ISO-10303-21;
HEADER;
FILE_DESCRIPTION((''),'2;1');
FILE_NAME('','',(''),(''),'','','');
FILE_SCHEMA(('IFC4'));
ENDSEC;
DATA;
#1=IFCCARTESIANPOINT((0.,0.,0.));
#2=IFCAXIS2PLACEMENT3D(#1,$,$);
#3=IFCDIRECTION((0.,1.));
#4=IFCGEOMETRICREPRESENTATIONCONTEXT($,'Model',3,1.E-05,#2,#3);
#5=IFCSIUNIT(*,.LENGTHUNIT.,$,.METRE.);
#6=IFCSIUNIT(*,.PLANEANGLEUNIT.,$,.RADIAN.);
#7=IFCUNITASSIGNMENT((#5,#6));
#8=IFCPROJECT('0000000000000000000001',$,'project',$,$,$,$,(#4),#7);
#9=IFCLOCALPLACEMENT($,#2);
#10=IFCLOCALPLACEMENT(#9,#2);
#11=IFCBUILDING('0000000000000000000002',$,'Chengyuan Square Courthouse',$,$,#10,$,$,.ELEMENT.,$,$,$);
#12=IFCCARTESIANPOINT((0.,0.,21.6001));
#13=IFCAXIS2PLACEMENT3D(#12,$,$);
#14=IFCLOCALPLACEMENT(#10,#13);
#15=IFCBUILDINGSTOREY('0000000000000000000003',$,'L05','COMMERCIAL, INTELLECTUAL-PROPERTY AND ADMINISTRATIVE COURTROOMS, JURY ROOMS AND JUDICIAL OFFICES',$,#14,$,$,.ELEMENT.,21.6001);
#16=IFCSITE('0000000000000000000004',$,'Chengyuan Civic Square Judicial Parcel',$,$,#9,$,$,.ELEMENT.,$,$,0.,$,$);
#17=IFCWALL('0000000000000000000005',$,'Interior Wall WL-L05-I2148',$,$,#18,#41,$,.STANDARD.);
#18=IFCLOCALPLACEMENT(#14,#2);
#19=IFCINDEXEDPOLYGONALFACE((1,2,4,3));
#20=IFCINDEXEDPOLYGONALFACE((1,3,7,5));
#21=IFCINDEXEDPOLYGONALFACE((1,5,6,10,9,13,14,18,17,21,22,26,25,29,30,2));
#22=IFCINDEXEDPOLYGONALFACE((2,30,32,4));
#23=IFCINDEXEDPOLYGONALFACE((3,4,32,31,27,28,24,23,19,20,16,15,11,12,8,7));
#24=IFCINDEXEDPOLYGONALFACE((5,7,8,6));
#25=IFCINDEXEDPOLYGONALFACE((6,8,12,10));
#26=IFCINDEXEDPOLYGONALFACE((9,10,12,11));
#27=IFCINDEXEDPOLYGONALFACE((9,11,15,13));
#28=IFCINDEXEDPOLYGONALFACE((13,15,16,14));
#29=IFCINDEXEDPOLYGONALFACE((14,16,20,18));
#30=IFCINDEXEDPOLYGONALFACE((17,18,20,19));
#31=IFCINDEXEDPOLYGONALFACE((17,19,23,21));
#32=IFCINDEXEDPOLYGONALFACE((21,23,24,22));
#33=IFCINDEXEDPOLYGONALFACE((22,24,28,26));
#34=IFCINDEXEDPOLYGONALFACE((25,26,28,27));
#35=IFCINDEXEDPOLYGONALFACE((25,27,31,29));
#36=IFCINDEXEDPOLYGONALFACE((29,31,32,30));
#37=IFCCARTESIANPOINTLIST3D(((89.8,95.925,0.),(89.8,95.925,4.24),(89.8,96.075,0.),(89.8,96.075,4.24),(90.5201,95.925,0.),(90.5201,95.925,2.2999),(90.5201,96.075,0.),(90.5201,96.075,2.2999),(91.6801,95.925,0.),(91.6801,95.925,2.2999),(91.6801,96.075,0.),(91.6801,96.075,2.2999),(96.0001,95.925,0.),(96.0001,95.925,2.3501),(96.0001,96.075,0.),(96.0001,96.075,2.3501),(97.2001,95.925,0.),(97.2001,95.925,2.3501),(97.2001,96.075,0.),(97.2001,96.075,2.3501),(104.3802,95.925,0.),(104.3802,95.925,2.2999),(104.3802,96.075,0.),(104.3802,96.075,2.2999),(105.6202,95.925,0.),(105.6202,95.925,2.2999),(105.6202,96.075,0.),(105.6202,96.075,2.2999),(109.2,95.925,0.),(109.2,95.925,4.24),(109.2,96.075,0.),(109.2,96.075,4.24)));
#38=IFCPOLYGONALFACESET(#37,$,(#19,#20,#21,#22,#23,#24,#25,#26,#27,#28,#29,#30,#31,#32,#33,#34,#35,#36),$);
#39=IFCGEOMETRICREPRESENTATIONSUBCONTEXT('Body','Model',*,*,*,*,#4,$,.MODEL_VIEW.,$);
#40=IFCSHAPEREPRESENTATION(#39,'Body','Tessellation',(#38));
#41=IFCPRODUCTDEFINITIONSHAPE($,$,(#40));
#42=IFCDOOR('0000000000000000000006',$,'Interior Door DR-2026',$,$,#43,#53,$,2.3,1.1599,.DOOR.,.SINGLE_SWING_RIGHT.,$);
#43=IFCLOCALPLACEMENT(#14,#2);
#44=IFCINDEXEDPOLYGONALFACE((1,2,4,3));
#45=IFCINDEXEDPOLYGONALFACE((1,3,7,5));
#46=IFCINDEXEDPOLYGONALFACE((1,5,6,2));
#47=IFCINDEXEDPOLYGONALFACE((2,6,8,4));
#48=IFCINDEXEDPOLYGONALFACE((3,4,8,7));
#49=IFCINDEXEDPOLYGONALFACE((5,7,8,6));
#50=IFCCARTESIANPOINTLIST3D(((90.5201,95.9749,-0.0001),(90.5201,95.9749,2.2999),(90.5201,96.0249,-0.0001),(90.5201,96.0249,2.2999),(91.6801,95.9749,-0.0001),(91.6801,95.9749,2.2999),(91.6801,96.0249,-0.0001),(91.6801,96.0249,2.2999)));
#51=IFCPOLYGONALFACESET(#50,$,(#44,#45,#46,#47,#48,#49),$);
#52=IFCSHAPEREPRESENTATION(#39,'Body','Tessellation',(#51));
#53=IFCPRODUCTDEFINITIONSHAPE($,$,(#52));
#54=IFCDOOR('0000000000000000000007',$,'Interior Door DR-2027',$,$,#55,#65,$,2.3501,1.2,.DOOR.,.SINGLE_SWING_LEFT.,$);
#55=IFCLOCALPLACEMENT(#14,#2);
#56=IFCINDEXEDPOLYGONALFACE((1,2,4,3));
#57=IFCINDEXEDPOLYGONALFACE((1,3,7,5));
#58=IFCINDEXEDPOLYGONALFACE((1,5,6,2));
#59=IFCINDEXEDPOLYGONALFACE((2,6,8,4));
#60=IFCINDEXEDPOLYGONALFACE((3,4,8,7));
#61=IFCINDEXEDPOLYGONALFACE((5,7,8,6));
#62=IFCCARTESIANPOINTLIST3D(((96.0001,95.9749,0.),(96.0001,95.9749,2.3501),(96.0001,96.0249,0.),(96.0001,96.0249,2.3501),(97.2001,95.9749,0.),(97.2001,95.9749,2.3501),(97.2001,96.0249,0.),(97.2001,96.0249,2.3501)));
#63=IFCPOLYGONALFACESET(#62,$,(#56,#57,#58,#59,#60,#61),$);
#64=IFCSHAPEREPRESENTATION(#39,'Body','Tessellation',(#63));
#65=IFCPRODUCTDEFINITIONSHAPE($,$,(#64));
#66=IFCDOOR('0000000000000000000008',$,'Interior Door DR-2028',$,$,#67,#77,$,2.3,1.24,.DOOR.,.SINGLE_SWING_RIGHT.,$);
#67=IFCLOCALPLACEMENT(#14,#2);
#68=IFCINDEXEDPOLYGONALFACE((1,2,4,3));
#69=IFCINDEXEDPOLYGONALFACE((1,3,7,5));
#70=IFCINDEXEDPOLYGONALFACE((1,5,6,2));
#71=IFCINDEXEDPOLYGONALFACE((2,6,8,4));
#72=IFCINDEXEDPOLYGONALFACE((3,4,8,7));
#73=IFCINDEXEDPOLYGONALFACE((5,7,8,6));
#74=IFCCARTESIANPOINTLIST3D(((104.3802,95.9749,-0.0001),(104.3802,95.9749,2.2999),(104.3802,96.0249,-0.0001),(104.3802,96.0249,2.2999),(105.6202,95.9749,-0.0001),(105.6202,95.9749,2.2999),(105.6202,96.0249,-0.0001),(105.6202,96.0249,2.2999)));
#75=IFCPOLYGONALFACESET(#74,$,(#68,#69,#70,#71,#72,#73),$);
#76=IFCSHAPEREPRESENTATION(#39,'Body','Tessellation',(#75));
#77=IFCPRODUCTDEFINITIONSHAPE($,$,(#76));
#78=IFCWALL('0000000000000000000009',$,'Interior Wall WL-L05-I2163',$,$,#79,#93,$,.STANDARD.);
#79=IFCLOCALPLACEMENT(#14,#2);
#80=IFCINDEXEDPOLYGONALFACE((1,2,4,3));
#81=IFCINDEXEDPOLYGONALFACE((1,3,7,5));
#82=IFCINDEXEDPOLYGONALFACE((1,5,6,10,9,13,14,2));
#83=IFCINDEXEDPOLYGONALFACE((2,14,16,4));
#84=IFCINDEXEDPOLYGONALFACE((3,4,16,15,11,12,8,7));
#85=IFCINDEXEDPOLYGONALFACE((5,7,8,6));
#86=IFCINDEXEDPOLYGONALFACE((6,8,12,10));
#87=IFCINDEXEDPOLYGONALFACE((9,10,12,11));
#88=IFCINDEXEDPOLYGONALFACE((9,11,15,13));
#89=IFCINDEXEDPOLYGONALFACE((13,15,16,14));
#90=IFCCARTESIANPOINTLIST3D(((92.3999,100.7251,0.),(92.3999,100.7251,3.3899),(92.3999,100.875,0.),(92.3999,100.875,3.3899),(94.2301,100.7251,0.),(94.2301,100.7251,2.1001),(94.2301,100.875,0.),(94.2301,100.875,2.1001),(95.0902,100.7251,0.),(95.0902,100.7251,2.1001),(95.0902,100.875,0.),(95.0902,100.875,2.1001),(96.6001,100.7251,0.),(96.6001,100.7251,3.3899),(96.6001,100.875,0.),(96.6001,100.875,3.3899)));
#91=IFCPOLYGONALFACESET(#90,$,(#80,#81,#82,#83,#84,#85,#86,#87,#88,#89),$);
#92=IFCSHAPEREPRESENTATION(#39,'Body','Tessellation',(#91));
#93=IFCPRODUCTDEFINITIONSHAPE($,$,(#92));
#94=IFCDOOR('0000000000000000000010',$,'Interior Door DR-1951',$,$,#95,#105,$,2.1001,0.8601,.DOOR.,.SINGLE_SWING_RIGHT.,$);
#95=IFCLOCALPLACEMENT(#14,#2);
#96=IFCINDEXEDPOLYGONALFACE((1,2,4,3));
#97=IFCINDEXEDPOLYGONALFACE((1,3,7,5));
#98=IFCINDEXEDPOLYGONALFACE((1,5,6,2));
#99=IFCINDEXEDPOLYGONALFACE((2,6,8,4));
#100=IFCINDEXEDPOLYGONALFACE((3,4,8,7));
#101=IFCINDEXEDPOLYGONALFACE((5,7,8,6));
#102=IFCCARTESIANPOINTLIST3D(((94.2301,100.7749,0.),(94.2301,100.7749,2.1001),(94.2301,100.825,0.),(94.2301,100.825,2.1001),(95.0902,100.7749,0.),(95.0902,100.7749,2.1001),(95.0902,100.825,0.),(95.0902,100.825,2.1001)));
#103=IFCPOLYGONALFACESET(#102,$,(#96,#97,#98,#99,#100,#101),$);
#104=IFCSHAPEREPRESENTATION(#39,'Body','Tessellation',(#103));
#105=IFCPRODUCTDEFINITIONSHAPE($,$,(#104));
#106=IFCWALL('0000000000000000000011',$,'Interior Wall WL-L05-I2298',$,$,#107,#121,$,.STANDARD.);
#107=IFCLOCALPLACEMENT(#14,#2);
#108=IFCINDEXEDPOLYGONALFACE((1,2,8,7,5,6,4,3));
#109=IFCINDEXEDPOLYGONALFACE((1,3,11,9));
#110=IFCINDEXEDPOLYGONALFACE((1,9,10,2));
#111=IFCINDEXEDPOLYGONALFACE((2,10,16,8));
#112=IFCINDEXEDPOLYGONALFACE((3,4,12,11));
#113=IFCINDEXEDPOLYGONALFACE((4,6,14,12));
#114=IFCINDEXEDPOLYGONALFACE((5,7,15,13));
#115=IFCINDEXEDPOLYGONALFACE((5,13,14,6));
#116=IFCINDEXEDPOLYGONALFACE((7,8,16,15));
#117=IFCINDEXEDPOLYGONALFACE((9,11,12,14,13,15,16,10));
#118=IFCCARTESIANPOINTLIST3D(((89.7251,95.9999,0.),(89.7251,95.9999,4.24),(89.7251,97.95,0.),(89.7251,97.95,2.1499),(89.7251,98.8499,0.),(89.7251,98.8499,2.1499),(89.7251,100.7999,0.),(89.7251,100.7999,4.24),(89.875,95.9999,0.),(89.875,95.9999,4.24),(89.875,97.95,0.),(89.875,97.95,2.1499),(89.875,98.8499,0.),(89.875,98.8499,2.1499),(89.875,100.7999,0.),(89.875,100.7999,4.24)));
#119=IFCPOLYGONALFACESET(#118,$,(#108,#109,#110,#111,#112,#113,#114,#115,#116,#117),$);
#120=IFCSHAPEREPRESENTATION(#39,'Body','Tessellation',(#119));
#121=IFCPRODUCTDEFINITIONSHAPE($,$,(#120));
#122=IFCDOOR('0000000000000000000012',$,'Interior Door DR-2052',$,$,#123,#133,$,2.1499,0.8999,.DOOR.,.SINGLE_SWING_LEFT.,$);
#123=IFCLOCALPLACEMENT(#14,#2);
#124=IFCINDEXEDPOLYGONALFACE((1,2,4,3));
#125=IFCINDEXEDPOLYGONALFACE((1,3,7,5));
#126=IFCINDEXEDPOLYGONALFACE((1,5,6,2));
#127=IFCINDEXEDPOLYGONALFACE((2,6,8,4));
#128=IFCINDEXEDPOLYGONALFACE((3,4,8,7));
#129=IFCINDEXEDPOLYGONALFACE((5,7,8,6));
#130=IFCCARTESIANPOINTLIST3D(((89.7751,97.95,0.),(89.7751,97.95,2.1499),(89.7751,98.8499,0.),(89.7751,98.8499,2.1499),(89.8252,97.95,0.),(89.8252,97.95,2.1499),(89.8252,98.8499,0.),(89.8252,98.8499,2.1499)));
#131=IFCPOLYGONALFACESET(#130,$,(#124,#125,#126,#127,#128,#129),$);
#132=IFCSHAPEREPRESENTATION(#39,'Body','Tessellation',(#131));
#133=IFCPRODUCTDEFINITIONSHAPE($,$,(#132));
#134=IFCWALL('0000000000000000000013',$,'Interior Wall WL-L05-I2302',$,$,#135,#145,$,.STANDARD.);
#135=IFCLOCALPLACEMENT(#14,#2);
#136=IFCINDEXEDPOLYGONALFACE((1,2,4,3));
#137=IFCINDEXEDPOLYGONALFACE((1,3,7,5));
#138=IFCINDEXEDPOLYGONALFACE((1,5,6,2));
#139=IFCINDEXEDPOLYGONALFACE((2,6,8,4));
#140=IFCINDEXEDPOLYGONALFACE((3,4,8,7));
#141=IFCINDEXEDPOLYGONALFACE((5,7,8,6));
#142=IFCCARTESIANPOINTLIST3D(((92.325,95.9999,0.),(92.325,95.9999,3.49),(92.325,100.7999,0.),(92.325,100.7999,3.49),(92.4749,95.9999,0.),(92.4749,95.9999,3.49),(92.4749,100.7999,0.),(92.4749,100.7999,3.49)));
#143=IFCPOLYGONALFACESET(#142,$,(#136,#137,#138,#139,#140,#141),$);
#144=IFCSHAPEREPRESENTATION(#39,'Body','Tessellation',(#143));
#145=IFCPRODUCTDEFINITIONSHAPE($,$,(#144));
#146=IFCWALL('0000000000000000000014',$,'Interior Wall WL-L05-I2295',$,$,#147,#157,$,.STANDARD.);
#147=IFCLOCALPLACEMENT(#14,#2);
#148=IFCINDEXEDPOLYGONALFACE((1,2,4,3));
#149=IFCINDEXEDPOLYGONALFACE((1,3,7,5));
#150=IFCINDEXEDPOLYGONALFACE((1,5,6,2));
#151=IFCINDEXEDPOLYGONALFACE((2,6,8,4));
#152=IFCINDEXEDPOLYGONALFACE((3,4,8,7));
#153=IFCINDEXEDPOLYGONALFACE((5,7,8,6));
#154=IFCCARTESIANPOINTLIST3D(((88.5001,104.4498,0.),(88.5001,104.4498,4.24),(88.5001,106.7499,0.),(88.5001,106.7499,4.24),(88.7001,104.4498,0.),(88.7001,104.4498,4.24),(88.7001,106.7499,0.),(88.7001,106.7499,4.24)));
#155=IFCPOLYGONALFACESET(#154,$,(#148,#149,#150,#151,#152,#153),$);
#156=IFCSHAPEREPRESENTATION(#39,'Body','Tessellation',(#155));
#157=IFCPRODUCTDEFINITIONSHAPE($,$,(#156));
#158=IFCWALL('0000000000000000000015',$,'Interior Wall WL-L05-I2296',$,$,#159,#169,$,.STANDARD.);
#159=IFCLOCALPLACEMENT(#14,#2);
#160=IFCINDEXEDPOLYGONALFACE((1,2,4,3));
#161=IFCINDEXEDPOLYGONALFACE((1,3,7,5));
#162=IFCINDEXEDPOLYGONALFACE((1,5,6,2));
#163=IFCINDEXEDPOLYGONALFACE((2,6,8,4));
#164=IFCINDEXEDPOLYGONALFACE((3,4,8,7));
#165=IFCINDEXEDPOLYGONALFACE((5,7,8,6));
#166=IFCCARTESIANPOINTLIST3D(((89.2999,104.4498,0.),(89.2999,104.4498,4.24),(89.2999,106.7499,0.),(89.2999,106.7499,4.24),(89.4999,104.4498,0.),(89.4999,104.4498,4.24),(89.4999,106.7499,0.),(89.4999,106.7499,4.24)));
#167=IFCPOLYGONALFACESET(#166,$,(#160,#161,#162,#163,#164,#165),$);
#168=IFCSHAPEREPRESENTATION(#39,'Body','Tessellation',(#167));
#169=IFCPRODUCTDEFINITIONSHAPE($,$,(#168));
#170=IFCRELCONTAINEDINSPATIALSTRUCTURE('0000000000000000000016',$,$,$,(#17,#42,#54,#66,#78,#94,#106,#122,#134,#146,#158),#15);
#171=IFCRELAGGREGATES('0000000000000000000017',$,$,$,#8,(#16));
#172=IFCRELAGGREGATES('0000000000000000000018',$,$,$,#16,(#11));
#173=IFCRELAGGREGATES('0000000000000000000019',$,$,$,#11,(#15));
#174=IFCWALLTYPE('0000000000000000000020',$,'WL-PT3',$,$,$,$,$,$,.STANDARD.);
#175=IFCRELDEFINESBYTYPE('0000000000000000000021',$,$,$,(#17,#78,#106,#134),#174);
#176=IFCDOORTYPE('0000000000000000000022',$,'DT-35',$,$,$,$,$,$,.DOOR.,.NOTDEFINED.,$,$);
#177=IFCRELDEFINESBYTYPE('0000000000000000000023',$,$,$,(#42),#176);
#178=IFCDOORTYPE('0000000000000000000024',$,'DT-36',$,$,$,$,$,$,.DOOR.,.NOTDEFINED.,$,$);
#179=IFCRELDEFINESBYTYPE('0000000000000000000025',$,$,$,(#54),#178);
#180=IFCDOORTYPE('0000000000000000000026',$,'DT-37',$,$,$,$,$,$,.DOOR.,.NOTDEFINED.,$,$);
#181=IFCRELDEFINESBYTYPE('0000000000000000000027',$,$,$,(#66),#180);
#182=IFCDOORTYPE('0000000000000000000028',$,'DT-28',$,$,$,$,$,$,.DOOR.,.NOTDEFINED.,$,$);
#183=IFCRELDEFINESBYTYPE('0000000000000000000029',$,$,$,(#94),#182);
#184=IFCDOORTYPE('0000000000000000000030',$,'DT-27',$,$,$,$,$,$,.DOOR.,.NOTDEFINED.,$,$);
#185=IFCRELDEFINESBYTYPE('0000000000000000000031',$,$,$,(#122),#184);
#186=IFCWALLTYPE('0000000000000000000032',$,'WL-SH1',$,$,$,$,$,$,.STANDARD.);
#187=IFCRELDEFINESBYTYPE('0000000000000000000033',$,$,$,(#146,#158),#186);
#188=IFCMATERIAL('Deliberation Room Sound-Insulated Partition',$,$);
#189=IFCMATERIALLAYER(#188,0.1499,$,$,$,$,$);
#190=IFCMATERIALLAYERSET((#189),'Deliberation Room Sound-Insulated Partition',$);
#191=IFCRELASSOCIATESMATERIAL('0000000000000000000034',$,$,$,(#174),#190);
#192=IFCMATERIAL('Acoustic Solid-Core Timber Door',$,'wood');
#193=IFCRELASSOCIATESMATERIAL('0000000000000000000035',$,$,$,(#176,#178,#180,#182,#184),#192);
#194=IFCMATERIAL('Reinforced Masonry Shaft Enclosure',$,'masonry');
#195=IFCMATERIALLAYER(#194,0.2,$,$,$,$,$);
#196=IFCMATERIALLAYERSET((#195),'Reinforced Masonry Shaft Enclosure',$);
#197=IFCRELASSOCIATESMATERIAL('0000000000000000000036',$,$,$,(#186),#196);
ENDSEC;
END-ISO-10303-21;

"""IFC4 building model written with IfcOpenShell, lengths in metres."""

from ifc_helpers import new_model, si_unit, direction, frame, frame_2d, origin, place, context, subcontext, project, spatial, rectangle, extrude, material, layer, layer_set, type_object, element, fill, save


model = new_model("IFC4")

# Units and contexts
model_context = context("Model", 3, precision=1e-05, world=origin(), true_north=direction((0.0, 1.0)))
body_context = subcontext(model_context, "Body", "Model", "MODEL_VIEW")
ifc_project = project(units=[si_unit("LENGTHUNIT", "METRE"), si_unit("PLANEANGLEUNIT", "RADIAN")], contexts=[model_context])

# Site, building, storey
site_placement = place(None, origin())
site = spatial("IfcSite", under=ifc_project, at=site_placement, Name="Chengyuan Civic Square Judicial Parcel", CompositionType="ELEMENT", RefElevation=0.0)
building_placement = place(site_placement, origin())
building = spatial("IfcBuilding", under=site, at=building_placement, Name="Chengyuan Square Courthouse", CompositionType="ELEMENT")
storey_placement = place(building_placement, frame((0.0, 0.0, 21.6001)))
storey = spatial("IfcBuildingStorey", under=building, at=storey_placement, Name="L05", Description="COMMERCIAL, INTELLECTUAL-PROPERTY AND ADMINISTRATIVE COURTROOMS, JURY ROOMS AND JUDICIAL OFFICES", CompositionType="ELEMENT", Elevation=21.6001)

# Wall, openings, doors
ifc_material_1 = material(Name="Deliberation Room Sound-Insulated Partition")
ifc_layer_1 = layer(ifc_material_1, 0.1499)
ifc_layer_set_1 = layer_set([ifc_layer_1], Name="Deliberation Room Sound-Insulated Partition")
wall_type_1 = type_object("IfcWallType", Name="WL-PT3", PredefinedType="STANDARD", material=ifc_layer_set_1)
wall_1_placement = place(storey_placement, frame((89.8, 96.0, 0.0), z_axis=(0.0, 0.0, 1.0), x_axis=(1.0, 0.0, 0.0)))
wall_1 = element("IfcWall", 1, at=wall_1_placement, inside=storey, type_object=wall_type_1, Name="Interior Wall WL-L05-I2148", PredefinedType="STANDARD", context=body_context, shape_type="SweptSolid", body=[
    extrude(rectangle(XDim=19.3999, YDim=0.1499, at=frame_2d((9.7, 0.0))), origin(), (0.0, 0.0, 1.0), 4.24),
])
opening_1_placement = place(wall_1_placement, frame((0.72, 0.0, 0.0)))
opening_1 = element("IfcOpeningElement", 2, at=opening_1_placement, cuts=wall_1, PredefinedType="OPENING", context=body_context, shape_type="SweptSolid", body=[
    extrude(rectangle(XDim=1.1599, YDim=2.3, at=frame_2d((0.5801, 1.1499))), frame((0.0, 0.0869, 0.0), z_axis=(0.0, -1.0, 0.0), x_axis=(1.0, 0.0, 0.0)), (0.0, 0.0, 1.0), 0.1738),
])
opening_2_placement = place(wall_1_placement, frame((6.2, 0.0, 0.0)))
opening_2 = element("IfcOpeningElement", 3, at=opening_2_placement, cuts=wall_1, PredefinedType="OPENING", context=body_context, shape_type="SweptSolid", body=[
    extrude(rectangle(XDim=1.2, YDim=2.3501, at=frame_2d((0.6001, 1.175))), frame((0.0, 0.0869, 0.0), z_axis=(0.0, -1.0, 0.0), x_axis=(1.0, 0.0, 0.0)), (0.0, 0.0, 1.0), 0.1738),
])
opening_3_placement = place(wall_1_placement, frame((14.5801, 0.0, 0.0)))
opening_3 = element("IfcOpeningElement", 4, at=opening_3_placement, cuts=wall_1, PredefinedType="OPENING", context=body_context, shape_type="SweptSolid", body=[
    extrude(rectangle(XDim=1.24, YDim=2.3, at=frame_2d((0.6201, 1.1499))), frame((0.0, 0.0869, 0.0), z_axis=(0.0, -1.0, 0.0), x_axis=(1.0, 0.0, 0.0)), (0.0, 0.0, 1.0), 0.1738),
])
ifc_material_2 = material(Name="Acoustic Solid-Core Timber Door", Category="wood")
door_type_1 = type_object("IfcDoorType", Name="DT-35", OperationType="NOTDEFINED", PredefinedType="DOOR", material=ifc_material_2)
door_1_placement = place(opening_1_placement, origin())
door_1 = element("IfcDoor", 5, at=door_1_placement, inside=storey, type_object=door_type_1, Name="Interior Door DR-2026", OperationType="SINGLE_SWING_RIGHT", OverallHeight=2.3, OverallWidth=1.1599, PredefinedType="DOOR", context=body_context, shape_type="SweptSolid", body=[
    extrude(rectangle(XDim=1.1599, YDim=2.3, at=frame_2d((0.5801, 1.1499))), frame((0.0, 0.0249, 0.0), z_axis=(0.0, -1.0, 0.0), x_axis=(1.0, 0.0, 0.0)), (0.0, 0.0, 1.0), 0.05),
])
fill(opening_1, door_1)
door_type_2 = type_object("IfcDoorType", Name="DT-36", OperationType="NOTDEFINED", PredefinedType="DOOR", material=ifc_material_2)
door_2_placement = place(opening_2_placement, origin())
door_2 = element("IfcDoor", 6, at=door_2_placement, inside=storey, type_object=door_type_2, Name="Interior Door DR-2027", OperationType="SINGLE_SWING_LEFT", OverallHeight=2.3501, OverallWidth=1.2, PredefinedType="DOOR", context=body_context, shape_type="SweptSolid", body=[
    extrude(rectangle(XDim=1.2, YDim=2.3501, at=frame_2d((0.6001, 1.175))), frame((0.0, 0.0249, 0.0), z_axis=(0.0, -1.0, 0.0), x_axis=(1.0, 0.0, 0.0)), (0.0, 0.0, 1.0), 0.05),
])
fill(opening_2, door_2)
door_type_3 = type_object("IfcDoorType", Name="DT-37", OperationType="NOTDEFINED", PredefinedType="DOOR", material=ifc_material_2)
door_3_placement = place(opening_3_placement, origin())
door_3 = element("IfcDoor", 7, at=door_3_placement, inside=storey, type_object=door_type_3, Name="Interior Door DR-2028", OperationType="SINGLE_SWING_RIGHT", OverallHeight=2.3, OverallWidth=1.24, PredefinedType="DOOR", context=body_context, shape_type="SweptSolid", body=[
    extrude(rectangle(XDim=1.24, YDim=2.3, at=frame_2d((0.6201, 1.1499))), frame((0.0, 0.0249, 0.0), z_axis=(0.0, -1.0, 0.0), x_axis=(1.0, 0.0, 0.0)), (0.0, 0.0, 1.0), 0.05),
])
fill(opening_3, door_3)

# Walls, openings, doors
wall_2_placement = place(storey_placement, frame((92.3999, 100.8, 0.0), z_axis=(0.0, 0.0, 1.0), x_axis=(1.0, 0.0, 0.0)))
wall_2 = element("IfcWall", 8, at=wall_2_placement, inside=storey, type_object=wall_type_1, Name="Interior Wall WL-L05-I2163", PredefinedType="STANDARD", context=body_context, shape_type="SweptSolid", body=[
    extrude(rectangle(XDim=4.2002, YDim=0.1499, at=frame_2d((2.1001, 0.0))), origin(), (0.0, 0.0, 1.0), 3.3899),
])
opening_4_placement = place(wall_2_placement, frame((1.8301, 0.0, 0.0)))
opening_4 = element("IfcOpeningElement", 9, at=opening_4_placement, cuts=wall_2, PredefinedType="OPENING", context=body_context, shape_type="SweptSolid", body=[
    extrude(rectangle(XDim=0.8601, YDim=2.1001, at=frame_2d((0.4302, 1.05))), frame((0.0, 0.0869, 0.0), z_axis=(0.0, -1.0, 0.0), x_axis=(1.0, 0.0, 0.0)), (0.0, 0.0, 1.0), 0.1738),
])
door_type_4 = type_object("IfcDoorType", Name="DT-28", OperationType="NOTDEFINED", PredefinedType="DOOR", material=ifc_material_2)
door_4_placement = place(opening_4_placement, origin())
door_4 = element("IfcDoor", 10, at=door_4_placement, inside=storey, type_object=door_type_4, Name="Interior Door DR-1951", OperationType="SINGLE_SWING_RIGHT", OverallHeight=2.1001, OverallWidth=0.8601, PredefinedType="DOOR", context=body_context, shape_type="SweptSolid", body=[
    extrude(rectangle(XDim=0.8601, YDim=2.1001, at=frame_2d((0.4302, 1.05))), frame((0.0, 0.0249, 0.0), z_axis=(0.0, -1.0, 0.0), x_axis=(1.0, 0.0, 0.0)), (0.0, 0.0, 1.0), 0.05),
])
fill(opening_4, door_4)
wall_3_placement = place(storey_placement, frame((89.8, 96.0, 0.0), z_axis=(0.0, 0.0, 1.0), x_axis=(0.0, 1.0, 0.0)))
wall_3 = element("IfcWall", 11, at=wall_3_placement, inside=storey, type_object=wall_type_1, Name="Interior Wall WL-L05-I2298", PredefinedType="STANDARD", context=body_context, shape_type="SweptSolid", body=[
    extrude(rectangle(XDim=4.8, YDim=0.1499, at=frame_2d((2.3999, 0.0))), origin(), (0.0, 0.0, 1.0), 4.24),
])
opening_5_placement = place(wall_3_placement, frame((1.95, 0.0, 0.0)))
opening_5 = element("IfcOpeningElement", 12, at=opening_5_placement, cuts=wall_3, PredefinedType="OPENING", context=body_context, shape_type="SweptSolid", body=[
    extrude(rectangle(XDim=0.8999, YDim=2.1499, at=frame_2d((0.45, 1.075))), frame((0.0, 0.0869, 0.0), z_axis=(0.0, -1.0, 0.0), x_axis=(1.0, 0.0, 0.0)), (0.0, 0.0, 1.0), 0.1738),
])
door_type_5 = type_object("IfcDoorType", Name="DT-27", OperationType="NOTDEFINED", PredefinedType="DOOR", material=ifc_material_2)
door_5_placement = place(opening_5_placement, origin())
door_5 = element("IfcDoor", 13, at=door_5_placement, inside=storey, type_object=door_type_5, Name="Interior Door DR-2052", OperationType="SINGLE_SWING_LEFT", OverallHeight=2.1499, OverallWidth=0.8999, PredefinedType="DOOR", context=body_context, shape_type="SweptSolid", body=[
    extrude(rectangle(XDim=0.8999, YDim=2.1499, at=frame_2d((0.45, 1.075))), frame((0.0, 0.0249, 0.0), z_axis=(0.0, -1.0, 0.0), x_axis=(1.0, 0.0, 0.0)), (0.0, 0.0, 1.0), 0.05),
])
fill(opening_5, door_5)

# Wall
wall_4_placement = place(storey_placement, frame((92.3999, 96.0, 0.0), z_axis=(0.0, 0.0, 1.0), x_axis=(0.0, 1.0, 0.0)))
element("IfcWall", 14, at=wall_4_placement, inside=storey, type_object=wall_type_1, Name="Interior Wall WL-L05-I2302", PredefinedType="STANDARD", context=body_context, shape_type="SweptSolid", body=[
    extrude(rectangle(XDim=4.8, YDim=0.1499, at=frame_2d((2.3999, 0.0))), origin(), (0.0, 0.0, 1.0), 3.49),
])

# Shared definitions
ifc_material_3 = material(Name="Reinforced Masonry Shaft Enclosure", Category="masonry")
ifc_layer_2 = layer(ifc_material_3, 0.2)
ifc_layer_set_2 = layer_set([ifc_layer_2], Name="Reinforced Masonry Shaft Enclosure")
wall_type_2 = type_object("IfcWallType", Name="WL-SH1", PredefinedType="STANDARD", material=ifc_layer_set_2)

# Walls
for number, where, z_axis, x_axis, name in (
    (15, (88.6001, 104.45, 0.0), (0.0, 0.0, 1.0), (0.0, 1.0, 0.0), "Interior Wall WL-L05-I2295"),
    (16, (89.3999, 104.45, 0.0), (0.0, 0.0, 1.0), (0.0, 1.0, 0.0), "Interior Wall WL-L05-I2296"),
):
    element("IfcWall", number, at=place(storey_placement, frame(where, z_axis=z_axis, x_axis=x_axis)), inside=storey, type_object=wall_type_2, Name=name, PredefinedType="STANDARD", context=body_context, shape_type="SweptSolid", body=[
        extrude(rectangle(XDim=2.3, YDim=0.2, at=frame_2d((1.1499, 0.0))), origin(), (0.0, 0.0, 1.0), 4.24),
    ])

save(model, "model.ifc")
